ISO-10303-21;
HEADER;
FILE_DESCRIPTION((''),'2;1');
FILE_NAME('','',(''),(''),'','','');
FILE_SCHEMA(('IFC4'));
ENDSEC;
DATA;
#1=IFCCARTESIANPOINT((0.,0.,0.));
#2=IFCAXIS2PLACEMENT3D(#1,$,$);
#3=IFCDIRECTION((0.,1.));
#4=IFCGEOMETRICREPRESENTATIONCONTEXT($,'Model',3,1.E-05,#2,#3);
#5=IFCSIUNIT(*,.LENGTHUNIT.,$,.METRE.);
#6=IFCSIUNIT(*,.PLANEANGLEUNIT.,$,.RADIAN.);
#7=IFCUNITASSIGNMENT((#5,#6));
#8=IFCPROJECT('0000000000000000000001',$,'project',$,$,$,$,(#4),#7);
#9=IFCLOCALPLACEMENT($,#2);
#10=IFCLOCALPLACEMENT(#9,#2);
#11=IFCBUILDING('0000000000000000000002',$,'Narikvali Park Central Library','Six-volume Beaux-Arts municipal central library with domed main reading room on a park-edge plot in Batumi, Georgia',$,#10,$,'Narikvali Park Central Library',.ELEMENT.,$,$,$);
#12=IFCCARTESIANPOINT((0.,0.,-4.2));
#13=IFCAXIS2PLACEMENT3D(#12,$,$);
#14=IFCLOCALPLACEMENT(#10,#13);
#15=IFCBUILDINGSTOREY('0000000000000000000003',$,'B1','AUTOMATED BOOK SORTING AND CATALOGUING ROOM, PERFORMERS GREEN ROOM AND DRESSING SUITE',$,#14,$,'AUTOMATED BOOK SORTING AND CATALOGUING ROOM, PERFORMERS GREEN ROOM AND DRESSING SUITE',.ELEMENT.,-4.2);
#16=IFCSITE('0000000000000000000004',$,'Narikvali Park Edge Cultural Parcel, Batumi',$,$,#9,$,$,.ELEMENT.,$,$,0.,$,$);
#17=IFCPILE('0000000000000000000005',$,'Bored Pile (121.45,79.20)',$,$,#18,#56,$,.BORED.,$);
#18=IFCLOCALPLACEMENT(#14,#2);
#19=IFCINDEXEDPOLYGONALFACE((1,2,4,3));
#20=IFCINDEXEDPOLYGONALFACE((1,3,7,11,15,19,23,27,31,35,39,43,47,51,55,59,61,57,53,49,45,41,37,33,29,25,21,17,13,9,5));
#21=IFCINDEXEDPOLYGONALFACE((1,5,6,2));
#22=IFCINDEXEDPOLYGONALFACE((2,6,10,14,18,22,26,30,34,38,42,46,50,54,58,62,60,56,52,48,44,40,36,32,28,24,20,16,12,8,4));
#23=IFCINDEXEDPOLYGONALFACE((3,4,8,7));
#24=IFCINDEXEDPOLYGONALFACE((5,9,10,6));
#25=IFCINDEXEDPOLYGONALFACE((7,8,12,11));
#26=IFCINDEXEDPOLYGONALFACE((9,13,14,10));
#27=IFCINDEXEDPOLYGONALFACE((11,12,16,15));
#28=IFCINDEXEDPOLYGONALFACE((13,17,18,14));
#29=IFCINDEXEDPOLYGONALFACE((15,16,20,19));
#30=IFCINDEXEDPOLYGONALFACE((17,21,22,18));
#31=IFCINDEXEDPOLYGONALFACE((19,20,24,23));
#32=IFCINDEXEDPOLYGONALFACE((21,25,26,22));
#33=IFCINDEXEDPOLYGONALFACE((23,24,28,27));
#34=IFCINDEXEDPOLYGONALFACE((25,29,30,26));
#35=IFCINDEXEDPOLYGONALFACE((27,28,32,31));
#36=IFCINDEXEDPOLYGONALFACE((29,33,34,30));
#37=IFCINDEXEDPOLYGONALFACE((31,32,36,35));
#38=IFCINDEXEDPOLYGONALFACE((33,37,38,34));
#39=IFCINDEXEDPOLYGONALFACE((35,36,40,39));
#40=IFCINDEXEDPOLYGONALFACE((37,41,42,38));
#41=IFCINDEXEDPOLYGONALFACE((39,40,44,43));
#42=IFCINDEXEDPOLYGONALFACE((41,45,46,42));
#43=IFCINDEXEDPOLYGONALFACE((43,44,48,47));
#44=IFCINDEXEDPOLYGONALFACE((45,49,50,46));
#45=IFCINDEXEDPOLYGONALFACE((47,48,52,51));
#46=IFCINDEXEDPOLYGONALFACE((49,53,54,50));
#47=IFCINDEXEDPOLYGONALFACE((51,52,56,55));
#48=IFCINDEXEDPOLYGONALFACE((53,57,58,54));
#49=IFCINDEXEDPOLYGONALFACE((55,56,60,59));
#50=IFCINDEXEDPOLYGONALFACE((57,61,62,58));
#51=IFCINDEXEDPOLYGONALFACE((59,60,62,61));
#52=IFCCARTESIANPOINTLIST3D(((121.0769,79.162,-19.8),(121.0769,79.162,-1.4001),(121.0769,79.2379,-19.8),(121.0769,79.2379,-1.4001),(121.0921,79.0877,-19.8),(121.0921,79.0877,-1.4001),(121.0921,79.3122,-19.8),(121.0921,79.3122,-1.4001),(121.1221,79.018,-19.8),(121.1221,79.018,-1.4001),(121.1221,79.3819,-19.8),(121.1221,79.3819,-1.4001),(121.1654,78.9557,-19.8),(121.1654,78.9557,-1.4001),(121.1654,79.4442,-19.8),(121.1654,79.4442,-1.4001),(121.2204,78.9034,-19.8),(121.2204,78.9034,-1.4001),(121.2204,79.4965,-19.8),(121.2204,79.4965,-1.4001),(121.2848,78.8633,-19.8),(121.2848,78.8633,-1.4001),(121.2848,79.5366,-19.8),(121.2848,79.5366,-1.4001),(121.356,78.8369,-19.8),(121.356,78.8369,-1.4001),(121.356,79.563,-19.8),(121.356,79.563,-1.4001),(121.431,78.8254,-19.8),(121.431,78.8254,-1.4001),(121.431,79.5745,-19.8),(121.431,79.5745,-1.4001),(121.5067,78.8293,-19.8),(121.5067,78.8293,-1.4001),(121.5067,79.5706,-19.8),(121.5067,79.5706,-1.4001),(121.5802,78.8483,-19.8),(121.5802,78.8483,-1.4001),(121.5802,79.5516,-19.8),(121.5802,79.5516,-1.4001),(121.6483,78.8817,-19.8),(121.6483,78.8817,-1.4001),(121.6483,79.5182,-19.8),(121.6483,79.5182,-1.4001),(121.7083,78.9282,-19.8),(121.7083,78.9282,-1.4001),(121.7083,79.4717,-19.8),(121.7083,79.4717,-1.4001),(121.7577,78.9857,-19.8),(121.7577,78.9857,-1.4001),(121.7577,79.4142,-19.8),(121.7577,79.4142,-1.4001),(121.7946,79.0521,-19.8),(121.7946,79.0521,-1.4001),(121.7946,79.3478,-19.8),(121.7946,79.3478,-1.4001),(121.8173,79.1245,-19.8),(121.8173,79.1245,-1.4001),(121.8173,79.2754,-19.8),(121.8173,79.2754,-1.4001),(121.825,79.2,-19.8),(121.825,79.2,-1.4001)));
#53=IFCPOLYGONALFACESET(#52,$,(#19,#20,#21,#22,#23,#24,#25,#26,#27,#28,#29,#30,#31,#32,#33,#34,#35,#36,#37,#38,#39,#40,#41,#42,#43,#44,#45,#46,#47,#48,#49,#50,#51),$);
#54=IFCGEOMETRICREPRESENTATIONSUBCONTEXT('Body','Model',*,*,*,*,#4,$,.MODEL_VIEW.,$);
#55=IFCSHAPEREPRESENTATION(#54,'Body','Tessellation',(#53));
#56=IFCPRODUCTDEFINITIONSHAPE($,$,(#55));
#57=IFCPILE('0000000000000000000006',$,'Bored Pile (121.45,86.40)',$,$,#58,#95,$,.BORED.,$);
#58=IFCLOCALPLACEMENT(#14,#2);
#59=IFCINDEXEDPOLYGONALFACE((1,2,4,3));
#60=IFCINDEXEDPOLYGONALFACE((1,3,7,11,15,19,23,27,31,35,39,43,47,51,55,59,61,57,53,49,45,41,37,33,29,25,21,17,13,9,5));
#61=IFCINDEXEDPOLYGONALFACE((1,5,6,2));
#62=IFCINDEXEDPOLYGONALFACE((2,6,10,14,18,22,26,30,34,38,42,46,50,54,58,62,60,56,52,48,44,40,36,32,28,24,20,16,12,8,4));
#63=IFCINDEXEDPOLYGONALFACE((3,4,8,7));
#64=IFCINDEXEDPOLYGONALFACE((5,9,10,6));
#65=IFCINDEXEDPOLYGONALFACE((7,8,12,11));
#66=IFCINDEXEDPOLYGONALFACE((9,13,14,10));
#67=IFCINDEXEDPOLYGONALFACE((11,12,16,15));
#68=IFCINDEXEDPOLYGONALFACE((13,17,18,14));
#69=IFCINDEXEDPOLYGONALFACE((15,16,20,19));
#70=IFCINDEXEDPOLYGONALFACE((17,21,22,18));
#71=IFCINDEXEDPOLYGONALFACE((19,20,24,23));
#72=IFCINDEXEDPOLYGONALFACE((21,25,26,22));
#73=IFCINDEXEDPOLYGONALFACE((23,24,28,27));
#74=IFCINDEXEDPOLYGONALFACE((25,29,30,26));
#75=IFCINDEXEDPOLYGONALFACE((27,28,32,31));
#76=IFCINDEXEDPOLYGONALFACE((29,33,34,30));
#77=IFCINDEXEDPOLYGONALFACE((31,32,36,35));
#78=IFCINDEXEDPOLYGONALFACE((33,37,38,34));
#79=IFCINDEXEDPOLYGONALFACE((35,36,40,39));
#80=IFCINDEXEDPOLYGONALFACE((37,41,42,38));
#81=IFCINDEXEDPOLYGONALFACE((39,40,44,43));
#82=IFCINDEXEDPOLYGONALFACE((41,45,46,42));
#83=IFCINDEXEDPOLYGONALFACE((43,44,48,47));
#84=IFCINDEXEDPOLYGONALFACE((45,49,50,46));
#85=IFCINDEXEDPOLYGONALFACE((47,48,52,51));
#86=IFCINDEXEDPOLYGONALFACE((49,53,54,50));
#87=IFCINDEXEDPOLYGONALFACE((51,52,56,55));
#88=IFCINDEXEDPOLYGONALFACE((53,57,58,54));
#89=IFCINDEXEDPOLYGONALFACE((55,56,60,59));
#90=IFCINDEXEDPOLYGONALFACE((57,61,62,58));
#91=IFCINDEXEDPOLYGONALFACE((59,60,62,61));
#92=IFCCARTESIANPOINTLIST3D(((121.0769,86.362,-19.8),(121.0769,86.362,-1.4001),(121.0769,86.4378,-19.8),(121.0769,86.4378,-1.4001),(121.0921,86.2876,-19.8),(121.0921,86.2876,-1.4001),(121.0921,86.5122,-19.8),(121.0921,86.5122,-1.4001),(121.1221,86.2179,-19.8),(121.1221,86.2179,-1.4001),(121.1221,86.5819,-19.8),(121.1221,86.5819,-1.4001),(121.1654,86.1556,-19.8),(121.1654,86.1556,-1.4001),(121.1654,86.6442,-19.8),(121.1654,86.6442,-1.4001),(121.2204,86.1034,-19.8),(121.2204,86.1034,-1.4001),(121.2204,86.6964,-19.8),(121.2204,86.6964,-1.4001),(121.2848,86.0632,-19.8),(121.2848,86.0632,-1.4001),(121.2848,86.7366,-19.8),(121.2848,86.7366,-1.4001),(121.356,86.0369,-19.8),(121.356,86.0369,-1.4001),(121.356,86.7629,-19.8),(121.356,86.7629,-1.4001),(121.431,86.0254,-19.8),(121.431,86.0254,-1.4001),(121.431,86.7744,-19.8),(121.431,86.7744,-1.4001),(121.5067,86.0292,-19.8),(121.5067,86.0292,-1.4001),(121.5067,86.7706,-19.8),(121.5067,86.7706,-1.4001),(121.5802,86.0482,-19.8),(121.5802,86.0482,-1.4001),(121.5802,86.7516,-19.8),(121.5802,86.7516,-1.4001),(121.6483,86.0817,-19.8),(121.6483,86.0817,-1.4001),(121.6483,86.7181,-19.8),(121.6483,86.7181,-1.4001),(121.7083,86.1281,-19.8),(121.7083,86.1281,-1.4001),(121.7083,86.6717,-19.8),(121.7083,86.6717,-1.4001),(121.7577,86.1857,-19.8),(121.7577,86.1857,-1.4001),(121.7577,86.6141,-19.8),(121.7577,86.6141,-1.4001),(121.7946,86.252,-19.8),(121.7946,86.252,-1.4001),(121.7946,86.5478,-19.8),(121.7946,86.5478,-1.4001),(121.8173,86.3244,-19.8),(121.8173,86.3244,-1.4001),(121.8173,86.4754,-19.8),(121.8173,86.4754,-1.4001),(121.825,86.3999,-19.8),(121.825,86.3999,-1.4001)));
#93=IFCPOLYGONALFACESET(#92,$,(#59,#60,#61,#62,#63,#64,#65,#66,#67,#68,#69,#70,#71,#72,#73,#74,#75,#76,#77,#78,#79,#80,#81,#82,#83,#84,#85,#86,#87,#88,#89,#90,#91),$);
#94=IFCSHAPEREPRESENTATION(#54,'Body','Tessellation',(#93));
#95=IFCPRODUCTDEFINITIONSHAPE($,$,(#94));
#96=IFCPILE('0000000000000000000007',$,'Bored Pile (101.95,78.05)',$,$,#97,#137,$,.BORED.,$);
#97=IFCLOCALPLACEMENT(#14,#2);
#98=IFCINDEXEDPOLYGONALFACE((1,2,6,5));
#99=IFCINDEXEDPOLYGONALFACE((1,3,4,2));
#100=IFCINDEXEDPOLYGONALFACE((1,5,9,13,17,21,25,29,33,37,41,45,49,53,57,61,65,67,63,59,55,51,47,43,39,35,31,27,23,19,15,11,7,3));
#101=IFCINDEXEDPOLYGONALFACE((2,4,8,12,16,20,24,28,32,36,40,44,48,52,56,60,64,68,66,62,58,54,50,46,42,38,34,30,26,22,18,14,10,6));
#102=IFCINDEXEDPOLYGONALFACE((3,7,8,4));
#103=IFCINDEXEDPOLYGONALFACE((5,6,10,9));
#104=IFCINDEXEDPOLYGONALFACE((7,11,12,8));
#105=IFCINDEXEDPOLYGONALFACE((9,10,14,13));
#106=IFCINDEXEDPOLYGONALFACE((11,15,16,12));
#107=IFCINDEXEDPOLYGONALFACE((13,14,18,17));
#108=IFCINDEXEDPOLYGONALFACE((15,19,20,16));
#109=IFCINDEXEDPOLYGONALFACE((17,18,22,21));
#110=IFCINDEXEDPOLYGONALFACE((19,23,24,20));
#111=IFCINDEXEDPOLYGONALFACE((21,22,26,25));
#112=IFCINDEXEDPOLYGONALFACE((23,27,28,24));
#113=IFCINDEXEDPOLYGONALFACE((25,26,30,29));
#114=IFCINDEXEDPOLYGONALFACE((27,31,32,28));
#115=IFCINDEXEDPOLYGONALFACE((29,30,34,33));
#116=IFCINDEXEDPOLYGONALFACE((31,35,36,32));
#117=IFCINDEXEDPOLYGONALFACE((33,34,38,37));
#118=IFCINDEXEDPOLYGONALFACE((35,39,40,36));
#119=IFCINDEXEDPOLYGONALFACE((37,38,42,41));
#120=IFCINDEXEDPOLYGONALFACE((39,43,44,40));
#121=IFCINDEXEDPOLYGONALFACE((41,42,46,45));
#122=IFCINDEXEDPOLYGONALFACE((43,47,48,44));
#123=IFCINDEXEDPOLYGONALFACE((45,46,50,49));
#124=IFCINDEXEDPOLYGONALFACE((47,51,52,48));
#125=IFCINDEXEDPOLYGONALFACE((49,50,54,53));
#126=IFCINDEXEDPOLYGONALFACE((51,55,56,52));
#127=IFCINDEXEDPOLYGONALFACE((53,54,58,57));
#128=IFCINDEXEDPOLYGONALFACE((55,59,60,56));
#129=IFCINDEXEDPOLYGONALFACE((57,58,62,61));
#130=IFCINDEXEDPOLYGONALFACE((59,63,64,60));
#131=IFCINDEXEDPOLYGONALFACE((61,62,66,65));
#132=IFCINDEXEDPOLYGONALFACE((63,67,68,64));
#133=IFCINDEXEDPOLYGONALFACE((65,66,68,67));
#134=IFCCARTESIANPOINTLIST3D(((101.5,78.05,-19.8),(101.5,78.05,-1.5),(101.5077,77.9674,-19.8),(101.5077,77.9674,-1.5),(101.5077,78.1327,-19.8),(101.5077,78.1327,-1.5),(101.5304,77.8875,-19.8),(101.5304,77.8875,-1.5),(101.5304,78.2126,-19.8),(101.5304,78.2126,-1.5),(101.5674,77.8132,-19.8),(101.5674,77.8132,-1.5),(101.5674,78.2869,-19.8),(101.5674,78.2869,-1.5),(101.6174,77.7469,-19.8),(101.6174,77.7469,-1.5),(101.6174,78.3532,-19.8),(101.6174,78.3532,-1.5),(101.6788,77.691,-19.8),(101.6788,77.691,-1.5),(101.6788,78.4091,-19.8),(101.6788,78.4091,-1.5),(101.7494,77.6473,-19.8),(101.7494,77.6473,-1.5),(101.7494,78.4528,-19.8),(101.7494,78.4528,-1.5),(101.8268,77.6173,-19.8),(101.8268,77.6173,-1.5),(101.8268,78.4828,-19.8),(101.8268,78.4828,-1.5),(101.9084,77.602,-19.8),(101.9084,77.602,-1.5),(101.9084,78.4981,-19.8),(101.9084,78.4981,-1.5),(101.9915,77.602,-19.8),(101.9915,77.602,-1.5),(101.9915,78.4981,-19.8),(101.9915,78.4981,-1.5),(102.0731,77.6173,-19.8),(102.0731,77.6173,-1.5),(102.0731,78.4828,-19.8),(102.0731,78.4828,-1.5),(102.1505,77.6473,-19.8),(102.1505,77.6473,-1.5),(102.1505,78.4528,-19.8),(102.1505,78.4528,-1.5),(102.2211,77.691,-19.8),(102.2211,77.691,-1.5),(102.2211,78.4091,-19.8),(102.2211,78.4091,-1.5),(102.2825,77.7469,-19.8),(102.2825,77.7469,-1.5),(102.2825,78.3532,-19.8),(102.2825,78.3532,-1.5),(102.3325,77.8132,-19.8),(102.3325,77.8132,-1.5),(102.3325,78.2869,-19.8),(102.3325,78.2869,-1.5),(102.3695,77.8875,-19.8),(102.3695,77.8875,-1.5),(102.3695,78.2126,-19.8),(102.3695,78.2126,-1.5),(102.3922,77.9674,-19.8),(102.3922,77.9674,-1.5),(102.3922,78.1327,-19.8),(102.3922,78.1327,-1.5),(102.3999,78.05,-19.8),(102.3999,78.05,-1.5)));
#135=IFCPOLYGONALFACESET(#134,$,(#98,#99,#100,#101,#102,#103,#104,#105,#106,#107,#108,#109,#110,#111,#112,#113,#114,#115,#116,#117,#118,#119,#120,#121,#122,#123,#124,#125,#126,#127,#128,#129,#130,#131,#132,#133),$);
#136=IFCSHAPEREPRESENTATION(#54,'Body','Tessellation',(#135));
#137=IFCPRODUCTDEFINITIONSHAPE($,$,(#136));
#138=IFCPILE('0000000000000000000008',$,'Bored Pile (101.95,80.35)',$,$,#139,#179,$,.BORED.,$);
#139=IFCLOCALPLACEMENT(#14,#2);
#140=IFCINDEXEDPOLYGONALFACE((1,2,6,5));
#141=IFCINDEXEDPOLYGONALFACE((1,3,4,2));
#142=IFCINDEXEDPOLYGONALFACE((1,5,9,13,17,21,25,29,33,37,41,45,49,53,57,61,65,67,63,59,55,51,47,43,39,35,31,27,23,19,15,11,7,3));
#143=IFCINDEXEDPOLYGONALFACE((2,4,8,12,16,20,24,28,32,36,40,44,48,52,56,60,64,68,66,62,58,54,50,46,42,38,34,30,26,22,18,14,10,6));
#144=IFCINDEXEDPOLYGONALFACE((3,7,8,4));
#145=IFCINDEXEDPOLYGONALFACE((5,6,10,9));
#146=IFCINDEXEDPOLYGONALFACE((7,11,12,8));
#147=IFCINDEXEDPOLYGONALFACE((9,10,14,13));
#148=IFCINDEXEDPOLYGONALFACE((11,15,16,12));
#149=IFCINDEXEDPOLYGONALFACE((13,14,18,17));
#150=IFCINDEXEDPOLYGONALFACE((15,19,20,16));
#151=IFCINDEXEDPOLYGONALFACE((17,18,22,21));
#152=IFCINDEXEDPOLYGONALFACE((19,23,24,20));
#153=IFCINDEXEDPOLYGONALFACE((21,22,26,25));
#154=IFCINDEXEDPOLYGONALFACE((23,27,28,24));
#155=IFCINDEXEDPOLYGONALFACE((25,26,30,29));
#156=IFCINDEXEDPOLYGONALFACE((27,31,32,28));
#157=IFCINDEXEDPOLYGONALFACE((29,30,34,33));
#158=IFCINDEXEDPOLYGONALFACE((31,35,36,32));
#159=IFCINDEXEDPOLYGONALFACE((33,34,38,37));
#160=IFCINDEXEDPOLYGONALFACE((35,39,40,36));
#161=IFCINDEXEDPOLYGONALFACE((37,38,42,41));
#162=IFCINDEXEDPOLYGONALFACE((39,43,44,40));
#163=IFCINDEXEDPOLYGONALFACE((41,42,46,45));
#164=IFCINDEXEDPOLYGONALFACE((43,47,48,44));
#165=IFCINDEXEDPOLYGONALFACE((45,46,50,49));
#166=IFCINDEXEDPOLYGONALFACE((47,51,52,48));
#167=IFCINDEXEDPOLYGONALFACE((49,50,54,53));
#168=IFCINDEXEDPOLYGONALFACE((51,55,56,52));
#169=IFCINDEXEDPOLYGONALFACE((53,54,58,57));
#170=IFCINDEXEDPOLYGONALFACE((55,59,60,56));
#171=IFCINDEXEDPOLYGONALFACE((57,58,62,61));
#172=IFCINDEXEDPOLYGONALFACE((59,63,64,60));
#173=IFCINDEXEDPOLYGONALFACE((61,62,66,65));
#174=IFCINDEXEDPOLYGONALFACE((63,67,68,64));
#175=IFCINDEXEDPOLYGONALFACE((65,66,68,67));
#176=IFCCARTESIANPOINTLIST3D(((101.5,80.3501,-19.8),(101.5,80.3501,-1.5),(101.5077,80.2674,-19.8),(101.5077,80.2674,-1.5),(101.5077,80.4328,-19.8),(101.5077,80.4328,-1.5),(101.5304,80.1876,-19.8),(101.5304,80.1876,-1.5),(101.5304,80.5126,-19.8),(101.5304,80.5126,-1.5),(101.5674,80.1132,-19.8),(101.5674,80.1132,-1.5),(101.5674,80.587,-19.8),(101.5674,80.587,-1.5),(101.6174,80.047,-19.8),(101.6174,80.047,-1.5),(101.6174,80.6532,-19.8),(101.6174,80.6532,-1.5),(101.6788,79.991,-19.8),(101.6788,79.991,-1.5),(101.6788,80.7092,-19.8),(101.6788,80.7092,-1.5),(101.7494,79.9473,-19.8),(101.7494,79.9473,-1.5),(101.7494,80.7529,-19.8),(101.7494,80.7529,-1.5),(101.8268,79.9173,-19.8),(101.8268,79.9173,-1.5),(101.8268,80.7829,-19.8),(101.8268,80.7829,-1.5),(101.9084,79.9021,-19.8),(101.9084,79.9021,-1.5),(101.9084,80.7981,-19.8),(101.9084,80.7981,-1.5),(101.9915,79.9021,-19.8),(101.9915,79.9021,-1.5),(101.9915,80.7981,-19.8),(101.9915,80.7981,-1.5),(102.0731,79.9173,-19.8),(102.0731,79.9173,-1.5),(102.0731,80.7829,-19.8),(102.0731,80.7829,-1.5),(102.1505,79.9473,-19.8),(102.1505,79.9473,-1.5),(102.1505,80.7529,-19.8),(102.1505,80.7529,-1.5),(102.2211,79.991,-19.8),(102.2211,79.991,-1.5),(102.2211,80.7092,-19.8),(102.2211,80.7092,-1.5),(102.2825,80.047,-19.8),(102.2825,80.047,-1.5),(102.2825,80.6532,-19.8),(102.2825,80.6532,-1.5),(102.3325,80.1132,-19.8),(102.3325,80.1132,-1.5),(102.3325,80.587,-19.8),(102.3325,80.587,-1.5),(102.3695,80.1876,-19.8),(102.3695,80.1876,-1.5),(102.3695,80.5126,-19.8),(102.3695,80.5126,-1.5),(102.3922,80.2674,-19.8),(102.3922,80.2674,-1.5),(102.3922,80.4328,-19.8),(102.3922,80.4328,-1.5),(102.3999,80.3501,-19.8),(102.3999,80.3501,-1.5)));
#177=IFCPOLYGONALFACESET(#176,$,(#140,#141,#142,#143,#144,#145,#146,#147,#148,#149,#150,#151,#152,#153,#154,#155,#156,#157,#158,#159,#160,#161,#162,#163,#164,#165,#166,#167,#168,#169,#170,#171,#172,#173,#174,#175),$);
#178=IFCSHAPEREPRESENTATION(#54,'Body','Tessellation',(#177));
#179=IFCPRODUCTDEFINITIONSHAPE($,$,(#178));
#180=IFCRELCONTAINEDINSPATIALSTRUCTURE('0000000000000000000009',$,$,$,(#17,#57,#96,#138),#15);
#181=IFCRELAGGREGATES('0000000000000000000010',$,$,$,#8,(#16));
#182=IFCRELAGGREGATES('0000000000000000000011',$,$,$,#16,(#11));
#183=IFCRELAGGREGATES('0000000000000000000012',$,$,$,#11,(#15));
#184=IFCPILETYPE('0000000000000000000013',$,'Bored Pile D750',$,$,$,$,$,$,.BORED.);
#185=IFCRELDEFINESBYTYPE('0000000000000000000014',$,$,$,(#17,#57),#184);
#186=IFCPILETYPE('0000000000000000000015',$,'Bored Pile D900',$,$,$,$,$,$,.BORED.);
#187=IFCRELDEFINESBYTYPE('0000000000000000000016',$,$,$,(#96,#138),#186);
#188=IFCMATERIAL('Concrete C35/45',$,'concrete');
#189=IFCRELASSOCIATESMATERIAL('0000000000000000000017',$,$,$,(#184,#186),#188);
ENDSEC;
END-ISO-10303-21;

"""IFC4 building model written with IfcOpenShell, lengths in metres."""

from ifc_helpers import new_model, si_unit, direction, frame, origin, origin_2d, place, context, subcontext, project, spatial, circle, extrude, material, material_profile, profile_set, type_object, element, save


model = new_model("IFC4")

# Units and contexts
model_context = context("Model", 3, precision=1e-05, world=origin(), true_north=direction((0.0, 1.0)))
body_context = subcontext(model_context, "Body", "Model", "MODEL_VIEW")
ifc_project = project(units=[si_unit("LENGTHUNIT", "METRE"), si_unit("PLANEANGLEUNIT", "RADIAN")], contexts=[model_context])

# Site, building, storey
site_placement = place(None, origin())
site = spatial("IfcSite", under=ifc_project, at=site_placement, Name="Narikvali Park Edge Cultural Parcel, Batumi", CompositionType="ELEMENT", RefElevation=0.0)
building_placement = place(site_placement, origin())
building = spatial("IfcBuilding", under=site, at=building_placement, Name="Narikvali Park Central Library", Description="Six-volume Beaux-Arts municipal central library with domed main reading room on a park-edge plot in Batumi, Georgia", LongName="Narikvali Park Central Library", CompositionType="ELEMENT")
storey_placement = place(building_placement, frame((0.0, 0.0, -4.2)))
storey = spatial("IfcBuildingStorey", under=building, at=storey_placement, Name="B1", Description="AUTOMATED BOOK SORTING AND CATALOGUING ROOM, PERFORMERS GREEN ROOM AND DRESSING SUITE", LongName="AUTOMATED BOOK SORTING AND CATALOGUING ROOM, PERFORMERS GREEN ROOM AND DRESSING SUITE", CompositionType="ELEMENT", Elevation=-4.2)

# Piles
ifc_material_1 = material(Name="Concrete C35/45", Category="concrete")
ifc_material_profile_1 = material_profile(ifc_material_1, circle(Radius=0.375, at=origin_2d()), Name="PILE D750")
ifc_profile_set_1 = profile_set([ifc_material_profile_1], Name="Concrete C35/45")
pile_type_1 = type_object("IfcPileType", Name="Bored Pile D750", PredefinedType="BORED", material=ifc_profile_set_1)
for number, where, z_axis, x_axis, name in (
    (1, (121.45, 79.2, -1.4001), (0.0, 0.0, -1.0), (1.0, 0.0, 0.0), "Bored Pile (121.45,79.20)"),
    (2, (121.45, 86.3999, -1.4001), (0.0, 0.0, -1.0), (1.0, 0.0, 0.0), "Bored Pile (121.45,86.40)"),
):
    element("IfcPile", number, at=place(storey_placement, frame(where, z_axis=z_axis, x_axis=x_axis)), inside=storey, type_object=pile_type_1, Name=name, PredefinedType="BORED", context=body_context, shape_type="SweptSolid", body=[
        extrude(circle(Radius=0.375, at=origin_2d()), origin(), (0.0, 0.0, 1.0), 18.3999),
    ])
ifc_material_profile_2 = material_profile(ifc_material_1, circle(Radius=0.45, at=origin_2d()), Name="PILE D900")
ifc_profile_set_2 = profile_set([ifc_material_profile_2], Name="Concrete C35/45")
pile_type_2 = type_object("IfcPileType", Name="Bored Pile D900", PredefinedType="BORED", material=ifc_profile_set_2)
for number, where, z_axis, x_axis, name in (
    (3, (101.95, 78.05, -1.5), (0.0, 0.0, -1.0), (1.0, 0.0, 0.0), "Bored Pile (101.95,78.05)"),
    (4, (101.95, 80.3501, -1.5), (0.0, 0.0, -1.0), (1.0, 0.0, 0.0), "Bored Pile (101.95,80.35)"),
):
    element("IfcPile", number, at=place(storey_placement, frame(where, z_axis=z_axis, x_axis=x_axis)), inside=storey, type_object=pile_type_2, Name=name, PredefinedType="BORED", context=body_context, shape_type="SweptSolid", body=[
        extrude(circle(Radius=0.45, at=origin_2d()), origin(), (0.0, 0.0, 1.0), 18.3),
    ])

save(model, "model.ifc")
